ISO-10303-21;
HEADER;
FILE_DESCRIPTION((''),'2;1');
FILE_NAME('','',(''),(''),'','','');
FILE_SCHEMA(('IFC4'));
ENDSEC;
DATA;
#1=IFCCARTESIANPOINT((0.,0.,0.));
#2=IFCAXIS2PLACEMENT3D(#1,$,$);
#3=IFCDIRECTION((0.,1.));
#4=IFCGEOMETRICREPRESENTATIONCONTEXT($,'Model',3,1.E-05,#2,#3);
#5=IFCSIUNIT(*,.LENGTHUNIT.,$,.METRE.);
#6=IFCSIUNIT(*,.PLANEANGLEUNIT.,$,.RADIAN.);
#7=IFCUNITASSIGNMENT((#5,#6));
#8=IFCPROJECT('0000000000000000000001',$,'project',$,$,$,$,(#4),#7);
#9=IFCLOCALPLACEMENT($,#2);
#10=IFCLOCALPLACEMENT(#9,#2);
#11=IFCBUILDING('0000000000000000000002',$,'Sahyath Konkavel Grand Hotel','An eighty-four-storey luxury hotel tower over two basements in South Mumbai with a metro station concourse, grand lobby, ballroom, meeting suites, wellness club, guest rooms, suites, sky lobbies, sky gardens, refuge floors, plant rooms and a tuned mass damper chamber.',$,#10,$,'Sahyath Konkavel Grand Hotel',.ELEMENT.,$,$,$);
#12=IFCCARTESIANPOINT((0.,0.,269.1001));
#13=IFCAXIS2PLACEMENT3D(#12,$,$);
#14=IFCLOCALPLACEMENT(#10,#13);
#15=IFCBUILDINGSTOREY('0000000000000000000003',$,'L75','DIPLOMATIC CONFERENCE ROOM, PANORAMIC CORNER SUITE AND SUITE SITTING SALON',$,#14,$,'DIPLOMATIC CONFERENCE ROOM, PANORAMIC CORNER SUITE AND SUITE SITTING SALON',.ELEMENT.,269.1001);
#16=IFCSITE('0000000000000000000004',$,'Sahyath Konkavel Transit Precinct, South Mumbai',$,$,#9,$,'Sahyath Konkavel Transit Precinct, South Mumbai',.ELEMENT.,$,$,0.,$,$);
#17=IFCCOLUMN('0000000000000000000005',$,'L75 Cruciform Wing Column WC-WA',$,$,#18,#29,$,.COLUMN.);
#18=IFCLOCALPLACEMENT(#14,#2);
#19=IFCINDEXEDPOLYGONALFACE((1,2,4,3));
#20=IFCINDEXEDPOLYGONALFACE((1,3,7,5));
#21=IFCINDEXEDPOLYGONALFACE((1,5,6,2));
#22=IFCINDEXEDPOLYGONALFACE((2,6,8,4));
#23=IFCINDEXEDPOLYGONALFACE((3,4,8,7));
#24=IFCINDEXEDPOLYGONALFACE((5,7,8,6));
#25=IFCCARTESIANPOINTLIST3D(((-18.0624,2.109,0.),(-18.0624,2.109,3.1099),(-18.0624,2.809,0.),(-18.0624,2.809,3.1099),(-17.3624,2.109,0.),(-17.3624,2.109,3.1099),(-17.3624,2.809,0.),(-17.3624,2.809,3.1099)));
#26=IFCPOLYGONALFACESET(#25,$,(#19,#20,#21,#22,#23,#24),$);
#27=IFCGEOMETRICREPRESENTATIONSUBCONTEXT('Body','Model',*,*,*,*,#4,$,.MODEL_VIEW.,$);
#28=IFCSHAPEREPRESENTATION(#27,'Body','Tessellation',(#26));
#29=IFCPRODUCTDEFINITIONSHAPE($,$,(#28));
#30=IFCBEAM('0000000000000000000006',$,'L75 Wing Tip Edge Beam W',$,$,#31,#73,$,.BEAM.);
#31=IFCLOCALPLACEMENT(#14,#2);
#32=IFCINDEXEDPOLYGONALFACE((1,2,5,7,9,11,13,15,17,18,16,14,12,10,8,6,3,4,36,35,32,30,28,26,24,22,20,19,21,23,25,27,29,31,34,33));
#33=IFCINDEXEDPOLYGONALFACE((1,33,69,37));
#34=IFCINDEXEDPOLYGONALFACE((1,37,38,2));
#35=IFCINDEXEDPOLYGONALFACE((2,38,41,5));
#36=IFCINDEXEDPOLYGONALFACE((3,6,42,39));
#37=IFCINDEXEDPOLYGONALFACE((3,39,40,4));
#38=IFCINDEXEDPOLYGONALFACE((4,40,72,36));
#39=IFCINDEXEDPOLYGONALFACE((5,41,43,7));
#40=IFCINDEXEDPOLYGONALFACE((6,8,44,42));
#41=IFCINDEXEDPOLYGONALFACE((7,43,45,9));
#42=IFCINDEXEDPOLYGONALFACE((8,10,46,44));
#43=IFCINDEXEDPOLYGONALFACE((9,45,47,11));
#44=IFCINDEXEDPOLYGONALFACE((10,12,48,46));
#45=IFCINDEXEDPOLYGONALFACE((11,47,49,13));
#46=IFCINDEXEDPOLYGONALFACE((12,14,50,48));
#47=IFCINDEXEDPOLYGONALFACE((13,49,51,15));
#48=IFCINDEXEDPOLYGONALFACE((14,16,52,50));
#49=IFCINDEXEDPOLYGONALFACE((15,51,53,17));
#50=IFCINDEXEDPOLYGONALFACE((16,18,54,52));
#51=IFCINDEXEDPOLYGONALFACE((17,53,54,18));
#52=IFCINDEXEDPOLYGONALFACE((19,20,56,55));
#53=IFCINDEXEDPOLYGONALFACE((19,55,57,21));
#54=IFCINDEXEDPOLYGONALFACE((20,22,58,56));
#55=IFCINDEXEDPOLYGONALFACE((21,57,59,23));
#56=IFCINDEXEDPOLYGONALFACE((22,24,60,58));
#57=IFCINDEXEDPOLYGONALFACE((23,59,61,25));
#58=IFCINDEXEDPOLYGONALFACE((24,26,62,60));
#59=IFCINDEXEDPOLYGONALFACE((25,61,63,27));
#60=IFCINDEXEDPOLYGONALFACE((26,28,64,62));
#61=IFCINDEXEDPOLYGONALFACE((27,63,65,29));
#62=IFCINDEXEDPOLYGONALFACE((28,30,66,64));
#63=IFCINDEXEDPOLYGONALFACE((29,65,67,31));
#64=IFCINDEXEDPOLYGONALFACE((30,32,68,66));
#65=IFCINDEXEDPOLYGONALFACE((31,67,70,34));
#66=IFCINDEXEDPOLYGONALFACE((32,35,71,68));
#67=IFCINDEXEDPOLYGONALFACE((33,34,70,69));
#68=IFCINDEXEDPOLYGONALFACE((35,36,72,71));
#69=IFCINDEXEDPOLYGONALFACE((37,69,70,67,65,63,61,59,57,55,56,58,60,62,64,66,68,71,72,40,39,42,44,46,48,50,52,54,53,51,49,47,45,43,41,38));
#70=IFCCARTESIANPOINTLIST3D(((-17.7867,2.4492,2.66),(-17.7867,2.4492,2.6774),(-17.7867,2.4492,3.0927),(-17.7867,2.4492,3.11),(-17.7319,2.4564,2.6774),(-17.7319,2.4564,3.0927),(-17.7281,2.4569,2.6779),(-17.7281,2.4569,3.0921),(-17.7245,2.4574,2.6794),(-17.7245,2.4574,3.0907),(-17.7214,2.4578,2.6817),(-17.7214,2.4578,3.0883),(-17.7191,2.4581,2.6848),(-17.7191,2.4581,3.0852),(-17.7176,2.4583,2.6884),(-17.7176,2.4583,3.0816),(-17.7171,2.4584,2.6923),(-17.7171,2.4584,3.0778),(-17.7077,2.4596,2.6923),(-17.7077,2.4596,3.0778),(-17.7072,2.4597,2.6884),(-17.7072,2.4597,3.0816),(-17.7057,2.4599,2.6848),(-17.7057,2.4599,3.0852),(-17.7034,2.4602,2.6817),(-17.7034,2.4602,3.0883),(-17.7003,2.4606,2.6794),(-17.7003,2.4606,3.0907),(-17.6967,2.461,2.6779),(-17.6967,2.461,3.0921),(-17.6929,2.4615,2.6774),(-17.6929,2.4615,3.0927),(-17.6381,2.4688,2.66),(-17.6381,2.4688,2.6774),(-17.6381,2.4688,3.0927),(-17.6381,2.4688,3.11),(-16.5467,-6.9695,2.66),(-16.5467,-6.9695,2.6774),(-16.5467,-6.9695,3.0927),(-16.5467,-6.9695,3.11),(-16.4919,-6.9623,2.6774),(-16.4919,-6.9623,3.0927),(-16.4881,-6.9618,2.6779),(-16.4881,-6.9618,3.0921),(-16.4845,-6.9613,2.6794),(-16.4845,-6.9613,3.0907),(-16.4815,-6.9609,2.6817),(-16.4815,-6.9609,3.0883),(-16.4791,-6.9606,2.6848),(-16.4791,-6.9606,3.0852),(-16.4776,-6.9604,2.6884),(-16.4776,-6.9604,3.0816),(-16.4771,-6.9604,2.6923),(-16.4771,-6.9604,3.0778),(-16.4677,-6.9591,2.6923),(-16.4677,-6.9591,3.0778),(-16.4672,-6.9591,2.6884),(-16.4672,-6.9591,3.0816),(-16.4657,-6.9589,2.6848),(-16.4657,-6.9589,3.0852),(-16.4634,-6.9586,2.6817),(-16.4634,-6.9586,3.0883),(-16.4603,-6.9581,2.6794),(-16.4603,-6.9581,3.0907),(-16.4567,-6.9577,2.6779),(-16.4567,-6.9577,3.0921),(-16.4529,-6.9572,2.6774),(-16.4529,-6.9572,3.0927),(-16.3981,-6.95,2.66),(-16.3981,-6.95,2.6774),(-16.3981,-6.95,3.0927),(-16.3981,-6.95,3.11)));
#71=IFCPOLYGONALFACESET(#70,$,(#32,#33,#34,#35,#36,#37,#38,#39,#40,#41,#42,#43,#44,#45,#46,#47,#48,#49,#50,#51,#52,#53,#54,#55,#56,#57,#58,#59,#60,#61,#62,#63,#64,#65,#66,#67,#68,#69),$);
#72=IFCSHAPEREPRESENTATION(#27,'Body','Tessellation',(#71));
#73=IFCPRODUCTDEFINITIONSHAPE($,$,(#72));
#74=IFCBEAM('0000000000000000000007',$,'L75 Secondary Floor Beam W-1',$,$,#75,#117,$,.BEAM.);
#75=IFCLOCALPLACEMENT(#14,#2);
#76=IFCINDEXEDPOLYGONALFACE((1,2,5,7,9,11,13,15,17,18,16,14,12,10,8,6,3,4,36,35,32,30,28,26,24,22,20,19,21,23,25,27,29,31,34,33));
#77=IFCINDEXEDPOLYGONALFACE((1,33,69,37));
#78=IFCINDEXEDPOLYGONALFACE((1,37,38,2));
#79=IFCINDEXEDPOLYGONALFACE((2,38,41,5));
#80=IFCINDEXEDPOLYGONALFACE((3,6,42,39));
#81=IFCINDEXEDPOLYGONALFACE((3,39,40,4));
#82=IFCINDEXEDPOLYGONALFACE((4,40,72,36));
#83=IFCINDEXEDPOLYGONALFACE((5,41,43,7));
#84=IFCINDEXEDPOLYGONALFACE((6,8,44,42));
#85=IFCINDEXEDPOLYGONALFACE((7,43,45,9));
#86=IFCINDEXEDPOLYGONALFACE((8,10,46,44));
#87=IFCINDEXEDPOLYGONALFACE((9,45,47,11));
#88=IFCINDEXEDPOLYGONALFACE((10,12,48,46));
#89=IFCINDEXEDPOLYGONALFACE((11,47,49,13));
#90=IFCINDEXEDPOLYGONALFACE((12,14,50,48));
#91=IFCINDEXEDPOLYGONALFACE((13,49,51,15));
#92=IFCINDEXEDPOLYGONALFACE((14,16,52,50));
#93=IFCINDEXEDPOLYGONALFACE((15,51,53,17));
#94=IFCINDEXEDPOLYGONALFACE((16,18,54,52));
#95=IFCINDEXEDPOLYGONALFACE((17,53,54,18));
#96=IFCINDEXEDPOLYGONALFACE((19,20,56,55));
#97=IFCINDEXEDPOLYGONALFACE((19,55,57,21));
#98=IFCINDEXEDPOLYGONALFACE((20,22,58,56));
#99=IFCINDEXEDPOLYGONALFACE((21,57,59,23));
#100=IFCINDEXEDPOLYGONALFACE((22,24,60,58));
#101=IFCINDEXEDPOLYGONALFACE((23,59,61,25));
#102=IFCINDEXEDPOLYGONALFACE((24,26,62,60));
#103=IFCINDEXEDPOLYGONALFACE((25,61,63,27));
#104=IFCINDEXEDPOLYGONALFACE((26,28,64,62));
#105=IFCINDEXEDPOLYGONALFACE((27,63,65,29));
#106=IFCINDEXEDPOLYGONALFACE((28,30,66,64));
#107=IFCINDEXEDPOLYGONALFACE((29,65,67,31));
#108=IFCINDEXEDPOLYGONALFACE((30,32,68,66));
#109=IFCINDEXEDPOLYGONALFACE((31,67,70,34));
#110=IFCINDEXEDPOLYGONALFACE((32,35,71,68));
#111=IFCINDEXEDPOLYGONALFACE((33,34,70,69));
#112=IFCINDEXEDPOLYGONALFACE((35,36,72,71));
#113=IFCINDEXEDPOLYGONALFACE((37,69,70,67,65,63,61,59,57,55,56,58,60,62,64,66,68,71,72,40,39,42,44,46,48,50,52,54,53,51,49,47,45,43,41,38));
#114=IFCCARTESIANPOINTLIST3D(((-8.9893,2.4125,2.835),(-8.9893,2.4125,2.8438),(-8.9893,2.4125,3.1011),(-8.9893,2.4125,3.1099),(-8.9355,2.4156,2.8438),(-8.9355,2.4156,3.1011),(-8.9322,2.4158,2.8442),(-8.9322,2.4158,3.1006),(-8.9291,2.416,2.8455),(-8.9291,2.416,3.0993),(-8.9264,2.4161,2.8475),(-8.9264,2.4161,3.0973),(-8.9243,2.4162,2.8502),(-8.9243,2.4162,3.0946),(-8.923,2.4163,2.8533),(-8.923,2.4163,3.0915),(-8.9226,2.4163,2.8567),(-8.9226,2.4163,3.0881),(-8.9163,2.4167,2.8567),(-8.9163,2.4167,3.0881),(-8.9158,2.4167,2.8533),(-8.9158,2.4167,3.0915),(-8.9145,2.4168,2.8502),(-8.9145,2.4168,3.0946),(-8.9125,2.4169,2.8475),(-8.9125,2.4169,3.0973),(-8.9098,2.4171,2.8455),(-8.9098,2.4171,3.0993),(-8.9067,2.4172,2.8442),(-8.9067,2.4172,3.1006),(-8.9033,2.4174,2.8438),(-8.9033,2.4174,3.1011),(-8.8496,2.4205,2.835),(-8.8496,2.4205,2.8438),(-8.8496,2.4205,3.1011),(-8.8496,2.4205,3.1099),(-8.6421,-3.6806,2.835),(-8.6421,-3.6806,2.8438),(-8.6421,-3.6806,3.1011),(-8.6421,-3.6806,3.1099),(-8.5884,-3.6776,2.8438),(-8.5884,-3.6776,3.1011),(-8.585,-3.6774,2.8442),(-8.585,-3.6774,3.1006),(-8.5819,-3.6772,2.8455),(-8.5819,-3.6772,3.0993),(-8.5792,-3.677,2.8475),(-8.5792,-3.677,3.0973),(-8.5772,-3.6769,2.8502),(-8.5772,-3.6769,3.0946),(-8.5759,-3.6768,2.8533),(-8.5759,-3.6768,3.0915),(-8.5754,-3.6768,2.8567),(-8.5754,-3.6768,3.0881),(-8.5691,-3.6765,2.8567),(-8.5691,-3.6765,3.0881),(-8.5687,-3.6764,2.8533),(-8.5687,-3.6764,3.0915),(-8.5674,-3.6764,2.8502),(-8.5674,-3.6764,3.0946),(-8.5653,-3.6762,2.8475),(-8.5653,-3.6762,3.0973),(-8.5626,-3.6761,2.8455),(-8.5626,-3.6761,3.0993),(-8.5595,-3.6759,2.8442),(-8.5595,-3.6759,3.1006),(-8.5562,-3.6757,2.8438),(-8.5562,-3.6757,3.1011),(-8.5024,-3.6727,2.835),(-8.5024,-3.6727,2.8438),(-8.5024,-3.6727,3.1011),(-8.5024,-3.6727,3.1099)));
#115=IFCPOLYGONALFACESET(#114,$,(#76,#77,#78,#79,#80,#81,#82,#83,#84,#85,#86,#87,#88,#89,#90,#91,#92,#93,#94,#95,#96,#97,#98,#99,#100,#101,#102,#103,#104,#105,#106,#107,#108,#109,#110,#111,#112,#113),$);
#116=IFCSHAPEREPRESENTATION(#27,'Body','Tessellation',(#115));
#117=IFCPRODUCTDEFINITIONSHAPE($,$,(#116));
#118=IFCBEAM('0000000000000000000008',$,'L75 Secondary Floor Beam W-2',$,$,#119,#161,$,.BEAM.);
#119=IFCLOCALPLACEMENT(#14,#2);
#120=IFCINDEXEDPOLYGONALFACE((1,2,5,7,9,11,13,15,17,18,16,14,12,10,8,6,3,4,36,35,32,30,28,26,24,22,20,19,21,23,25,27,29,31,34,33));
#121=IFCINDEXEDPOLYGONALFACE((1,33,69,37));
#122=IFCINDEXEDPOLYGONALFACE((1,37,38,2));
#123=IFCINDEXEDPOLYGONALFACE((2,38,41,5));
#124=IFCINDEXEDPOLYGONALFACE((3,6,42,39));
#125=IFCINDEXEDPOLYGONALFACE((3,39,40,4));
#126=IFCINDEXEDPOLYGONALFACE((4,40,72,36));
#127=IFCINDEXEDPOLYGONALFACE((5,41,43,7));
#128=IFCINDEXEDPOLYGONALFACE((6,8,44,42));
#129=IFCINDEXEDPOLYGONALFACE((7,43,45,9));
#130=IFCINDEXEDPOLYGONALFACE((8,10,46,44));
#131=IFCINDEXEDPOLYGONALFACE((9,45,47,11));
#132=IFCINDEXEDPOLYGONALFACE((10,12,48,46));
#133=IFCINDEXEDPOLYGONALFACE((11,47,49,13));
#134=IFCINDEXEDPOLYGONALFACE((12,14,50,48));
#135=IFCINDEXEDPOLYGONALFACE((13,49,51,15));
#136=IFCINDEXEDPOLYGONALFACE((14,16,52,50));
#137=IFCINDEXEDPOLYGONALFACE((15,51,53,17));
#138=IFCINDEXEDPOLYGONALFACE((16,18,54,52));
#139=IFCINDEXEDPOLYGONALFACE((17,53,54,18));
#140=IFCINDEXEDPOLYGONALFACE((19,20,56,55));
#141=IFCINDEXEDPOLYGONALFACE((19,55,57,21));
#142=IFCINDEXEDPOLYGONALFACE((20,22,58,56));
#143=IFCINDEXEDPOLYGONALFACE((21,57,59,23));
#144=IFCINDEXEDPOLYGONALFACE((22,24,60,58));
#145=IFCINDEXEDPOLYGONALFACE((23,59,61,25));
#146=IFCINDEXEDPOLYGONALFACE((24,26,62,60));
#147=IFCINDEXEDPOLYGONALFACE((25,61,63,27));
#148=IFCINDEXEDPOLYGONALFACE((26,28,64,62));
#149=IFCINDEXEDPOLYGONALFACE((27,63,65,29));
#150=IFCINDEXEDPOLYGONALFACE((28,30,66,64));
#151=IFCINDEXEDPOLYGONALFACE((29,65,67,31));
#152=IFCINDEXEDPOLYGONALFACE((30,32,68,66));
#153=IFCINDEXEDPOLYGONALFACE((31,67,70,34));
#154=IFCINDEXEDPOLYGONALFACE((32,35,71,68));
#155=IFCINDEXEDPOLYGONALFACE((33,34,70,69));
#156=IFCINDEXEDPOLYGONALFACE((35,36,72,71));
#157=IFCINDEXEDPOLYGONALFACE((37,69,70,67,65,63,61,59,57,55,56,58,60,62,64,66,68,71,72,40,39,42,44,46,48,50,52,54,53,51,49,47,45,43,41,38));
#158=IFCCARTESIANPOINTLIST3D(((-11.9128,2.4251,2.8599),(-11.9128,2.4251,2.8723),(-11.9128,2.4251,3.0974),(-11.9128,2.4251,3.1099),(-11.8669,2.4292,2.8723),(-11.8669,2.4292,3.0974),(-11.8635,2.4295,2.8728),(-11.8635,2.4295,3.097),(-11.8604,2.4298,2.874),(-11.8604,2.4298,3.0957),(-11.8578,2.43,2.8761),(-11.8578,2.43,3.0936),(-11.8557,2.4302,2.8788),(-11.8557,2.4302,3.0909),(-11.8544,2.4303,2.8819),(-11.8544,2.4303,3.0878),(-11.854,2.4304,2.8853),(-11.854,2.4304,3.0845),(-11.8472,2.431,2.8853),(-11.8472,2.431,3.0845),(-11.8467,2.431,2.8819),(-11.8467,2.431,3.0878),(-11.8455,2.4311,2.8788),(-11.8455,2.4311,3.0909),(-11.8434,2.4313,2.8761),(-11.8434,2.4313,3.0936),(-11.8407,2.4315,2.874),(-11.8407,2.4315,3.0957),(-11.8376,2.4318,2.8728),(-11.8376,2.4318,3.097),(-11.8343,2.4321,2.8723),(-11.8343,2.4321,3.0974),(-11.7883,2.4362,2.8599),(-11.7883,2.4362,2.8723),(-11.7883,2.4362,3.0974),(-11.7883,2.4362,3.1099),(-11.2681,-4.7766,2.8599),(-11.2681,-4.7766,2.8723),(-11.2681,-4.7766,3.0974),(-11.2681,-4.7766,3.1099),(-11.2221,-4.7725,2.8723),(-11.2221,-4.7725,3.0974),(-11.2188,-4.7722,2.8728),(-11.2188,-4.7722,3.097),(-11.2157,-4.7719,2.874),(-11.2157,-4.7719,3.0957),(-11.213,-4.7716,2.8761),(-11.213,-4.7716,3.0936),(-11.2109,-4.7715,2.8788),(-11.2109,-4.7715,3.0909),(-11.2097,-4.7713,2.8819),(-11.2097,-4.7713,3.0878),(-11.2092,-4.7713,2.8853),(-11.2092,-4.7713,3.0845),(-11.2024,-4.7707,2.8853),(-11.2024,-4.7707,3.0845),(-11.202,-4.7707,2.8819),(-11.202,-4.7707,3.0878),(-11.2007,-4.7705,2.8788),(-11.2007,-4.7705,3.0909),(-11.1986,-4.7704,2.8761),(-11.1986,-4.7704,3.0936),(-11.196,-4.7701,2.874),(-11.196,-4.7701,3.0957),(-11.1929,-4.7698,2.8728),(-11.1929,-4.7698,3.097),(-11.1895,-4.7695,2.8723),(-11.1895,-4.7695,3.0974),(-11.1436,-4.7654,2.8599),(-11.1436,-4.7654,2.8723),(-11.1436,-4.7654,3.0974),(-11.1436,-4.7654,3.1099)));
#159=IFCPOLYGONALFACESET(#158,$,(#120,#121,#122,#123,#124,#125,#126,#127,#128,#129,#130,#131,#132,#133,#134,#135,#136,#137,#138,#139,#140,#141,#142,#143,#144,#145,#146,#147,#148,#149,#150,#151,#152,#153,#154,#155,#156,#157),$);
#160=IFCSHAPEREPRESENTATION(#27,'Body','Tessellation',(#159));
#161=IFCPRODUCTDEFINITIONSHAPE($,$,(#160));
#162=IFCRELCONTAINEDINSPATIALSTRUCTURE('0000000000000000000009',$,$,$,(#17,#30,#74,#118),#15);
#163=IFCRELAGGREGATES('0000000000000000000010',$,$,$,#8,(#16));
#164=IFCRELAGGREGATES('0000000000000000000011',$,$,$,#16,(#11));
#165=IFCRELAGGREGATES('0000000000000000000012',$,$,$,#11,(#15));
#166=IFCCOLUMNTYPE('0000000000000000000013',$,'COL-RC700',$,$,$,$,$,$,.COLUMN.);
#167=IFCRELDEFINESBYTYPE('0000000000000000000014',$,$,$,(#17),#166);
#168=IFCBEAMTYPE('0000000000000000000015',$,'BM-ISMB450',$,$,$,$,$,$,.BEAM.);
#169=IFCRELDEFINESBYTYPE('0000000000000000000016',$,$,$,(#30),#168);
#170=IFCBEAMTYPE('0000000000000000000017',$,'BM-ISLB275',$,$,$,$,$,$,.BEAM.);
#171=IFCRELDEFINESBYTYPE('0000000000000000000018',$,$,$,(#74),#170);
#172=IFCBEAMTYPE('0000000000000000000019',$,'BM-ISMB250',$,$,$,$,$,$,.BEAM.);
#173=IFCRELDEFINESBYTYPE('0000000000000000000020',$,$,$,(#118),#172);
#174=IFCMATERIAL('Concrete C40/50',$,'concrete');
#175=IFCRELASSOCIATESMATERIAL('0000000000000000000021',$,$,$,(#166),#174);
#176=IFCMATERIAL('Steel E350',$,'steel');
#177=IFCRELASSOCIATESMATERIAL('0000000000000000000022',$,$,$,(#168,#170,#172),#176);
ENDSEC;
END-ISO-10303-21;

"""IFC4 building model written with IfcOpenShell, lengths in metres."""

from ifc_helpers import new_model, si_unit, direction, frame, origin, origin_2d, place, context, subcontext, project, spatial, rectangle, i_section, extrude, source, transform, mapped, material, material_profile, profile_set, type_object, element, save


model = new_model("IFC4")

# Units and contexts
model_context = context("Model", 3, precision=1e-05, world=origin(), true_north=direction((0.0, 1.0)))
body_context = subcontext(model_context, "Body", "Model", "MODEL_VIEW")
ifc_project = project(units=[si_unit("LENGTHUNIT", "METRE"), si_unit("PLANEANGLEUNIT", "RADIAN")], contexts=[model_context])

# Site, building, storey
site_placement = place(None, origin())
site = spatial("IfcSite", under=ifc_project, at=site_placement, Name="Sahyath Konkavel Transit Precinct, South Mumbai", LongName="Sahyath Konkavel Transit Precinct, South Mumbai", CompositionType="ELEMENT", RefElevation=0.0)
building_placement = place(site_placement, origin())
building = spatial("IfcBuilding", under=site, at=building_placement, Name="Sahyath Konkavel Grand Hotel", Description="An eighty-four-storey luxury hotel tower over two basements in South Mumbai with a metro station concourse, grand lobby, ballroom, meeting suites, wellness club, guest rooms, suites, sky lobbies, sky gardens, refuge floors, plant rooms and a tuned mass damper chamber.", LongName="Sahyath Konkavel Grand Hotel", CompositionType="ELEMENT")
storey_placement = place(building_placement, frame((0.0, 0.0, 269.1001)))
storey = spatial("IfcBuildingStorey", under=building, at=storey_placement, Name="L75", Description="DIPLOMATIC CONFERENCE ROOM, PANORAMIC CORNER SUITE AND SUITE SITTING SALON", LongName="DIPLOMATIC CONFERENCE ROOM, PANORAMIC CORNER SUITE AND SUITE SITTING SALON", CompositionType="ELEMENT", Elevation=269.1001)

# Column
ifc_material_1 = material(Name="Concrete C40/50", Category="concrete")
ifc_material_profile_1 = material_profile(ifc_material_1, rectangle(XDim=0.7, YDim=0.7, at=origin_2d()), Name="RC 700x700")
ifc_profile_set_1 = profile_set([ifc_material_profile_1], Name="Concrete C40/50")
column_type = type_object("IfcColumnType", Name="COL-RC700", PredefinedType="COLUMN", material=ifc_profile_set_1)
shared_shape_1 = source(origin(), body_context, "Body", "SweptSolid", [
    extrude(rectangle(XDim=0.7, YDim=0.7, at=origin_2d()), origin(), (0.0, 0.0, 1.0), 3.1099),
])
column_placement = place(storey_placement, frame((-17.7124, 2.459, 0.0), z_axis=(0.0, 0.0, 1.0), x_axis=(1.0, 0.0, 0.0)))
element("IfcColumn", 1, at=column_placement, inside=storey, type_object=column_type, Name="L75 Cruciform Wing Column WC-WA", PredefinedType="COLUMN", context=body_context, shape_type="MappedRepresentation", body=[
    mapped(shared_shape_1, transform((0.0, 0.0, 0.0), scale=1.0)),
])

# Beams
ifc_material_2 = material(Name="Steel E350", Category="steel")
ifc_material_profile_2 = material_profile(ifc_material_2, i_section(OverallWidth=0.1499, OverallDepth=0.45, WebThickness=0.0095, FlangeThickness=0.0173, FilletRadius=0.0149, at=origin_2d()), Name="ISMB 450")
ifc_profile_set_2 = profile_set([ifc_material_profile_2], Name="Steel E350")
beam_type_1 = type_object("IfcBeamType", Name="BM-ISMB450", PredefinedType="BEAM", material=ifc_profile_set_2)
shared_shape_2 = source(origin(), body_context, "Body", "SweptSolid", [
    extrude(i_section(OverallWidth=0.1499, OverallDepth=0.45, WebThickness=0.0095, FlangeThickness=0.0173, FilletRadius=0.0149, at=origin_2d()), origin(), (0.0, 0.0, 1.0), 9.5),
])
beam_1_placement = place(storey_placement, frame((-17.7124, 2.459, 2.885), z_axis=(0.130526, -0.991445, 0.0), x_axis=(0.991445, 0.130526, 0.0)))
element("IfcBeam", 2, at=beam_1_placement, inside=storey, type_object=beam_type_1, Name="L75 Wing Tip Edge Beam W", PredefinedType="BEAM", context=body_context, shape_type="MappedRepresentation", body=[
    mapped(shared_shape_2, transform((0.0, 0.0, 0.0), scale=1.0)),
])
ifc_material_profile_3 = material_profile(ifc_material_2, i_section(OverallWidth=0.1399, OverallDepth=0.2749, WebThickness=0.0063, FlangeThickness=0.0088, FilletRadius=0.0129, at=origin_2d()), Name="ISLB 275")
ifc_profile_set_3 = profile_set([ifc_material_profile_3], Name="Steel E350")
beam_type_2 = type_object("IfcBeamType", Name="BM-ISLB275", PredefinedType="BEAM", material=ifc_profile_set_3)
shared_shape_3 = source(origin(), body_context, "Body", "SweptSolid", [
    extrude(i_section(OverallWidth=0.1399, OverallDepth=0.2749, WebThickness=0.0063, FlangeThickness=0.0088, FilletRadius=0.0129, at=origin_2d()), origin(), (0.0, 0.0, 1.0), 6.103),
])
beam_2_placement = place(storey_placement, frame((-8.9194, 2.4165, 2.9724), z_axis=(0.056883, -0.998381, 0.0), x_axis=(0.998381, 0.056883, 0.0)))
element("IfcBeam", 3, at=beam_2_placement, inside=storey, type_object=beam_type_2, Name="L75 Secondary Floor Beam W-1", PredefinedType="BEAM", context=body_context, shape_type="MappedRepresentation", body=[
    mapped(shared_shape_3, transform((0.0, 0.0, 0.0), scale=1.0)),
])
ifc_material_profile_4 = material_profile(ifc_material_2, i_section(OverallWidth=0.125, OverallDepth=0.25, WebThickness=0.0068, FlangeThickness=0.0125, FilletRadius=0.0129, at=origin_2d()), Name="ISMB 250")
ifc_profile_set_4 = profile_set([ifc_material_profile_4], Name="Steel E350")
beam_type_3 = type_object("IfcBeamType", Name="BM-ISMB250", PredefinedType="BEAM", material=ifc_profile_set_4)
shared_shape_4 = source(origin(), body_context, "Body", "SweptSolid", [
    extrude(i_section(OverallWidth=0.125, OverallDepth=0.25, WebThickness=0.0068, FlangeThickness=0.0125, FilletRadius=0.0129, at=origin_2d()), origin(), (0.0, 0.0, 1.0), 7.2305),
])
beam_3_placement = place(storey_placement, frame((-11.8506, 2.4307, 2.9849), z_axis=(0.089175, -0.996016, 0.0), x_axis=(0.996016, 0.089175, 0.0)))
element("IfcBeam", 4, at=beam_3_placement, inside=storey, type_object=beam_type_3, Name="L75 Secondary Floor Beam W-2", PredefinedType="BEAM", context=body_context, shape_type="MappedRepresentation", body=[
    mapped(shared_shape_4, transform((0.0, 0.0, 0.0), scale=1.0)),
])

save(model, "model.ifc")
